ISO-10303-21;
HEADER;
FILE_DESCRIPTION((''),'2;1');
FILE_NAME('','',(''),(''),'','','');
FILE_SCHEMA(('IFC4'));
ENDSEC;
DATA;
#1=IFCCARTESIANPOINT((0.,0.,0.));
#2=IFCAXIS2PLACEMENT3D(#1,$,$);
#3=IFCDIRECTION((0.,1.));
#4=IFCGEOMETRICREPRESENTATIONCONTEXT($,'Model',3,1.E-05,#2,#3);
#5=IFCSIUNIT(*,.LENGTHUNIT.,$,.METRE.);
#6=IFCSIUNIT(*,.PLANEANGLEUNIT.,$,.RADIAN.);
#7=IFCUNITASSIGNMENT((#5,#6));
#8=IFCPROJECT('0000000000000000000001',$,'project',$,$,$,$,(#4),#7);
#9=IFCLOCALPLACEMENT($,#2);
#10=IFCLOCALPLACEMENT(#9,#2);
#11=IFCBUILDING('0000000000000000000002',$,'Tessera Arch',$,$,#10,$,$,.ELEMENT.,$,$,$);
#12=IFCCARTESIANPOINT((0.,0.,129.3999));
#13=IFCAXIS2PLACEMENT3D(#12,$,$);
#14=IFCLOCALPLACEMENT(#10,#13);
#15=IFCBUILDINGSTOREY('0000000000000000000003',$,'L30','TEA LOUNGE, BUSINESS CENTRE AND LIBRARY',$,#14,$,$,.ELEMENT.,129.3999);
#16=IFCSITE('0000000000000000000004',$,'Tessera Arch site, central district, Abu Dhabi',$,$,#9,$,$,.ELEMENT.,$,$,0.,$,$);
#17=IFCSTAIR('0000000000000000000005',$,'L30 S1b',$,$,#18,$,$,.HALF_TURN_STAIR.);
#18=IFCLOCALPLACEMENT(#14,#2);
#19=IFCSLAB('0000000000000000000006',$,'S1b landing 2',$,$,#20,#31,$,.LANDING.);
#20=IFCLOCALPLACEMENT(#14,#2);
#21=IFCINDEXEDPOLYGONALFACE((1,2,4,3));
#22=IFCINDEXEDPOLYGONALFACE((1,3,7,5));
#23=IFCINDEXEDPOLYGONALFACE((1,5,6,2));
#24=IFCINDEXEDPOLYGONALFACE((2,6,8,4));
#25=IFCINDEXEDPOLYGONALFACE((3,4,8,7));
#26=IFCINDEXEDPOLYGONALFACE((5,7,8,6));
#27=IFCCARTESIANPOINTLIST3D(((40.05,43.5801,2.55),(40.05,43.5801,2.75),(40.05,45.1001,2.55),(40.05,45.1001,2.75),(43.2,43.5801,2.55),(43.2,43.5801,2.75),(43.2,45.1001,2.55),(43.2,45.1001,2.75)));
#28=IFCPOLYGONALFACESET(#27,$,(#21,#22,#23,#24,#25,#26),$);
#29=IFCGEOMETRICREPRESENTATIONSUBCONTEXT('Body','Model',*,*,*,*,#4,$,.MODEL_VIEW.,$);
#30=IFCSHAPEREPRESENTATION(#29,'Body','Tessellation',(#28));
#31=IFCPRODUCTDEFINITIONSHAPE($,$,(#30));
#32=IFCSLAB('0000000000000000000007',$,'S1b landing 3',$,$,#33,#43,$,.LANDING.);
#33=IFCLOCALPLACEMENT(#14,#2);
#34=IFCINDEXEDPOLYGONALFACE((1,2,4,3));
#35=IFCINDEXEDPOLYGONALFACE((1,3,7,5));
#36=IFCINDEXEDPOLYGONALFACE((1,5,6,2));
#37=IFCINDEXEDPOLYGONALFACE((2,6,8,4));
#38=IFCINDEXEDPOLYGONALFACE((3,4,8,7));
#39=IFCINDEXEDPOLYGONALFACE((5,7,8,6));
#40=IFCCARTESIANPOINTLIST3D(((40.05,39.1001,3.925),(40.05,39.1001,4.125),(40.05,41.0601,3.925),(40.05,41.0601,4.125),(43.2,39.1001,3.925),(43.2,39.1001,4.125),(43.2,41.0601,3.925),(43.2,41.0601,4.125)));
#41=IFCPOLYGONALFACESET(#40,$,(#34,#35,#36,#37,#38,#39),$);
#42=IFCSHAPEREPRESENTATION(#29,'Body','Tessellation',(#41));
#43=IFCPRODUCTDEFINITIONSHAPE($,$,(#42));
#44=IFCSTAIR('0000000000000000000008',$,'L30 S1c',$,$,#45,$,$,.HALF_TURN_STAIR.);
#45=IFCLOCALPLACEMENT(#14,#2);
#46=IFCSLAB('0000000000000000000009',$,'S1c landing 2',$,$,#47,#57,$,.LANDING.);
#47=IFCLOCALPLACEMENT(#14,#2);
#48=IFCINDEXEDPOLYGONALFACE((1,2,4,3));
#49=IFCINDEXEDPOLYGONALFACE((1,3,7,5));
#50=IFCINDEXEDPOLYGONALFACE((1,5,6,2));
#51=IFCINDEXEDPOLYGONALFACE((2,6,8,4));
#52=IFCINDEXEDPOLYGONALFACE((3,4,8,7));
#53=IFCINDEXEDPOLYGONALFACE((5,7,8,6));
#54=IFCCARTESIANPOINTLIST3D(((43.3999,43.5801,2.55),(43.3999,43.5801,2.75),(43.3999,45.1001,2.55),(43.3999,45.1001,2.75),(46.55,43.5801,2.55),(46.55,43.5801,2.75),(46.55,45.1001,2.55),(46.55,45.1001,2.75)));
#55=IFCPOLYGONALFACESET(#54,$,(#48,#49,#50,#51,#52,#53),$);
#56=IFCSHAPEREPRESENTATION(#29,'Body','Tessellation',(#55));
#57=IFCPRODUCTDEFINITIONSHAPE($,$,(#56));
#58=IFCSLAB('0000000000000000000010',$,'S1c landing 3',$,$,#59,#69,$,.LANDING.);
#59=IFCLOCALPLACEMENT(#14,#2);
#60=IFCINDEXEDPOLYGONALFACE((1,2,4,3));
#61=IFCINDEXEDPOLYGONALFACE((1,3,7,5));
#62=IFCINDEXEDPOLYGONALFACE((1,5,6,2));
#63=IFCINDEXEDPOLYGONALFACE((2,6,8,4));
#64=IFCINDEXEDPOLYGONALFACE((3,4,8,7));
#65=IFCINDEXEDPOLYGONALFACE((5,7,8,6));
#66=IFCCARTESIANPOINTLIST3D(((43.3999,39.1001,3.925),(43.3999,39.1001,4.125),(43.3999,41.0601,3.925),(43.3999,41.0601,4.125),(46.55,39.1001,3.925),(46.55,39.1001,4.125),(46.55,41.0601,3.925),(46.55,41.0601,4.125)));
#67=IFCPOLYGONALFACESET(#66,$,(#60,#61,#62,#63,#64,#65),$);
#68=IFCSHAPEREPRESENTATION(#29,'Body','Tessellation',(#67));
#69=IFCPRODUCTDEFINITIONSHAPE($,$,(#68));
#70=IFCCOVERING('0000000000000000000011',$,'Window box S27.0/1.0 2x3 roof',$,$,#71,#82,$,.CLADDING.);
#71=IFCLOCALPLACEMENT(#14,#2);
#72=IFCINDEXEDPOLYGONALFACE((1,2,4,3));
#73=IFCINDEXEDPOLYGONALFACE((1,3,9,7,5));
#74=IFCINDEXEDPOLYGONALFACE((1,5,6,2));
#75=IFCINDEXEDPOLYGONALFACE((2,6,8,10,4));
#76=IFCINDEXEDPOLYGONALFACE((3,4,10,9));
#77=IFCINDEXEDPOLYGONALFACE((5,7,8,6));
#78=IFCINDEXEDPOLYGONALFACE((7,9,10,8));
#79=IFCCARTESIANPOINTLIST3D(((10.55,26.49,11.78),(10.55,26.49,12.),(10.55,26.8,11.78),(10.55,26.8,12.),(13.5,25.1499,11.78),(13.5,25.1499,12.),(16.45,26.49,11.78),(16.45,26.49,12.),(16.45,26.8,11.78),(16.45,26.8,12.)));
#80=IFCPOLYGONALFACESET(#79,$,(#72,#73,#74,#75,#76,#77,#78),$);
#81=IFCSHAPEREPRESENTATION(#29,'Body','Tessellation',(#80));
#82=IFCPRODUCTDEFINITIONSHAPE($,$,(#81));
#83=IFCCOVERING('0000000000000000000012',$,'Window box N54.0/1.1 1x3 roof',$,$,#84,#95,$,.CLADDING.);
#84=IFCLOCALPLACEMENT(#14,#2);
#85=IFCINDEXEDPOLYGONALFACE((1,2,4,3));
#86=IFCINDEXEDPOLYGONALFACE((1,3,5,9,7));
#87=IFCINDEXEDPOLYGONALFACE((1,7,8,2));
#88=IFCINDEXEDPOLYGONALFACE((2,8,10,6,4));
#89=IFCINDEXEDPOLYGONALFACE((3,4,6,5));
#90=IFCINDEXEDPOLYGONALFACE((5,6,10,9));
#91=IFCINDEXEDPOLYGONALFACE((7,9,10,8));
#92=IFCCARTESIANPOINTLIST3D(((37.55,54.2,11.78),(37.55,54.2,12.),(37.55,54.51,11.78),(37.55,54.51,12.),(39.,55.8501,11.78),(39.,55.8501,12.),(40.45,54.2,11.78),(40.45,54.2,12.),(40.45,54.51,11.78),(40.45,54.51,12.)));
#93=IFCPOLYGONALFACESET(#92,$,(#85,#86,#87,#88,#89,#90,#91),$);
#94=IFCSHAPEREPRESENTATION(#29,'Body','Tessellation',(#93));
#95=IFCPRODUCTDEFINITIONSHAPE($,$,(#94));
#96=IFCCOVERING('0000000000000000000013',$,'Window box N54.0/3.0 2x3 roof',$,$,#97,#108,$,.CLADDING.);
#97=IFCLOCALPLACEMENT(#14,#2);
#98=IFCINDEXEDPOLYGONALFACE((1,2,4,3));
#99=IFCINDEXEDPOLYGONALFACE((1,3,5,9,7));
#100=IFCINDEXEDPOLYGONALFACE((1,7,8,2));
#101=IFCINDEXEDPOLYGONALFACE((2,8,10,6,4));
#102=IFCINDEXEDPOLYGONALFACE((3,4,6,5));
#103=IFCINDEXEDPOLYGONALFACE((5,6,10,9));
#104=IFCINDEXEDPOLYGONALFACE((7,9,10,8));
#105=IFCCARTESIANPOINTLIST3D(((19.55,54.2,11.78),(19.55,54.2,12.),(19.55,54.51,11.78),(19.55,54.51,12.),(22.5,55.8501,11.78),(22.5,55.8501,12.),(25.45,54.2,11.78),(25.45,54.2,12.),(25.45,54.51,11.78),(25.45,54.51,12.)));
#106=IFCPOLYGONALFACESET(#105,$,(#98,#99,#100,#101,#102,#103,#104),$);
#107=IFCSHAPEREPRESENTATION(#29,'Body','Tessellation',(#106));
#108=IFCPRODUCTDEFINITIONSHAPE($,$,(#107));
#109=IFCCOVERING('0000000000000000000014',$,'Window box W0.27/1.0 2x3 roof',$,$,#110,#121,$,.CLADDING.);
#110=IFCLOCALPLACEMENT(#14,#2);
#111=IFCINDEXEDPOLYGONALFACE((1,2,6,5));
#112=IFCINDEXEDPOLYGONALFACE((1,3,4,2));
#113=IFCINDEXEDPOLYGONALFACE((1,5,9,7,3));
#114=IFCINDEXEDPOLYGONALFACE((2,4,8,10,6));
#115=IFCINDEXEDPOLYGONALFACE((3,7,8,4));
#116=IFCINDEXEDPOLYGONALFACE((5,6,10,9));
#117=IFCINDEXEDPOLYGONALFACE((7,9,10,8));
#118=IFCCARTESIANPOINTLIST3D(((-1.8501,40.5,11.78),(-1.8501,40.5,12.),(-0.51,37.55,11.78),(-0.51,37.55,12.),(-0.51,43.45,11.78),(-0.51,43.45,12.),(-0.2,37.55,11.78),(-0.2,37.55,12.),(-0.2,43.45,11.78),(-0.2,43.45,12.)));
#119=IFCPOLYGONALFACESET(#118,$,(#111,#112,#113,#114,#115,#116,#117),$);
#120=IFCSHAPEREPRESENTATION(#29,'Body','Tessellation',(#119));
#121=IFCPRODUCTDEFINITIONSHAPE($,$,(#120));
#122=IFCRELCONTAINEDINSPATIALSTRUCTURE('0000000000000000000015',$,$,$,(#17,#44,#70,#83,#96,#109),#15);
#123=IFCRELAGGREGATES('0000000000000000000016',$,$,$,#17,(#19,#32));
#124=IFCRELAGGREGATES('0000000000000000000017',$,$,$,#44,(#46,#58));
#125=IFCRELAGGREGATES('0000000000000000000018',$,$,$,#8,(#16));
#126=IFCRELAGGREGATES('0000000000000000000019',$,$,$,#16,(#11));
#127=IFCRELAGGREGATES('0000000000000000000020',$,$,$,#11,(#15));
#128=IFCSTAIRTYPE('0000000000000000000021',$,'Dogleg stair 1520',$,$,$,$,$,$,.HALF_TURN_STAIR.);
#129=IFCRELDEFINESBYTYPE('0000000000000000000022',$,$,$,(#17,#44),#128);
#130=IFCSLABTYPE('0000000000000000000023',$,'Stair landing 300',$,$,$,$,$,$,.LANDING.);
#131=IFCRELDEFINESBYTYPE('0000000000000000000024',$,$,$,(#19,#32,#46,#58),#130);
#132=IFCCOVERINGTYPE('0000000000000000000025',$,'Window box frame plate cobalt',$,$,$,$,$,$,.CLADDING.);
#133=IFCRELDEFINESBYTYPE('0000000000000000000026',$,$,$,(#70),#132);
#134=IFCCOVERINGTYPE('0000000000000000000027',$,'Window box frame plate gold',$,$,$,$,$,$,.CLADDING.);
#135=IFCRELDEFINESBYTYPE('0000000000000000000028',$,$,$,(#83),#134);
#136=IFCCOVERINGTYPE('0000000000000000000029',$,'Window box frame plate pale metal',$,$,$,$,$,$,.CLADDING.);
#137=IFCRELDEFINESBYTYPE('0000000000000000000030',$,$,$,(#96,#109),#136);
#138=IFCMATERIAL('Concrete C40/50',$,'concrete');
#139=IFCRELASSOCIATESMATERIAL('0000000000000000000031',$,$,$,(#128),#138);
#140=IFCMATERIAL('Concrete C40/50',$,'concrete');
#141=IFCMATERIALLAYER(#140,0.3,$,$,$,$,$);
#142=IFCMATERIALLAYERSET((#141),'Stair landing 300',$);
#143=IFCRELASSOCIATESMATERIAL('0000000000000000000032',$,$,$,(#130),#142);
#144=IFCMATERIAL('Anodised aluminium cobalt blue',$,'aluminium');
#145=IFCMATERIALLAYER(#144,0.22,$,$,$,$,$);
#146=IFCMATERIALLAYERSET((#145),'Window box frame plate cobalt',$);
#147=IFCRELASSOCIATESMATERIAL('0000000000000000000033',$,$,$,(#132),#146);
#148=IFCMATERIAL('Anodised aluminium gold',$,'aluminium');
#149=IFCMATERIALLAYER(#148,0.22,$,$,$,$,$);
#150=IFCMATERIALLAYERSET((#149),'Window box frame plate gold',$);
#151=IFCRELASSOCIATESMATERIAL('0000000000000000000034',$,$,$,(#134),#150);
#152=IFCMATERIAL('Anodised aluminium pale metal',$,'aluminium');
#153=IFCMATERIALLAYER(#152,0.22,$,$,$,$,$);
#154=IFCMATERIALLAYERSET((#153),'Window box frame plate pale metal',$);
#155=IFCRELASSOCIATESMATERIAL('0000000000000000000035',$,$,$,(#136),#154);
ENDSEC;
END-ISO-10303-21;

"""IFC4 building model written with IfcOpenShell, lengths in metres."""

from ifc_helpers import new_model, si_unit, direction, frame, origin, place, context, subcontext, project, spatial, polyline, outline, extrude, material, layer, layer_set, type_object, element, aggregate, save


model = new_model("IFC4")

# Units and contexts
model_context = context("Model", 3, precision=1e-05, world=origin(), true_north=direction((0.0, 1.0)))
body_context = subcontext(model_context, "Body", "Model", "MODEL_VIEW")
ifc_project = project(units=[si_unit("LENGTHUNIT", "METRE"), si_unit("PLANEANGLEUNIT", "RADIAN")], contexts=[model_context])

# Site, building, storey
site_placement = place(None, origin())
site = spatial("IfcSite", under=ifc_project, at=site_placement, Name="Tessera Arch site, central district, Abu Dhabi", CompositionType="ELEMENT", RefElevation=0.0)
building_placement = place(site_placement, origin())
building = spatial("IfcBuilding", under=site, at=building_placement, Name="Tessera Arch", CompositionType="ELEMENT")
storey_placement = place(building_placement, frame((0.0, 0.0, 129.3999)))
storey = spatial("IfcBuildingStorey", under=building, at=storey_placement, Name="L30", Description="TEA LOUNGE, BUSINESS CENTRE AND LIBRARY", CompositionType="ELEMENT", Elevation=129.3999)

# Stairs, slabs
ifc_material_1 = material(Name="Concrete C40/50", Category="concrete")
stair_type = type_object("IfcStairType", Name="Dogleg stair 1520", PredefinedType="HALF_TURN_STAIR", material=ifc_material_1)
ifc_material_2 = material(Name="Concrete C40/50", Category="concrete")
ifc_layer_1 = layer(ifc_material_2, 0.3)
ifc_layer_set_1 = layer_set([ifc_layer_1], Name="Stair landing 300")
slab_type = type_object("IfcSlabType", Name="Stair landing 300", PredefinedType="LANDING", material=ifc_layer_set_1)
stair_1_placement = place(storey_placement, origin())
stair_1 = element("IfcStair", 1, at=stair_1_placement, inside=storey, type_object=stair_type, Name="L30 S1b", PredefinedType="HALF_TURN_STAIR")
slab_1_placement = place(storey_placement, frame((0.0, 0.0, 2.55)))
slab_1 = element("IfcSlab", 2, at=slab_1_placement, type_object=slab_type, Name="S1b landing 2", PredefinedType="LANDING", context=body_context, shape_type="SweptSolid", body=[
    extrude(outline(polyline([(40.05, 45.1001), (40.05, 43.5801), (43.2, 43.5801), (43.2, 45.1001), (40.05, 45.1001)])), origin(), (0.0, 0.0, 1.0), 0.2),
])
slab_2_placement = place(storey_placement, frame((0.0, 0.0, 3.925)))
slab_2 = element("IfcSlab", 3, at=slab_2_placement, type_object=slab_type, Name="S1b landing 3", PredefinedType="LANDING", context=body_context, shape_type="SweptSolid", body=[
    extrude(outline(polyline([(40.05, 41.0601), (40.05, 39.1001), (43.2, 39.1001), (43.2, 41.0601), (40.05, 41.0601)])), origin(), (0.0, 0.0, 1.0), 0.2),
])
aggregate(stair_1, [slab_1, slab_2])
stair_2_placement = place(storey_placement, origin())
stair_2 = element("IfcStair", 4, at=stair_2_placement, inside=storey, type_object=stair_type, Name="L30 S1c", PredefinedType="HALF_TURN_STAIR")
slab_3_placement = place(storey_placement, frame((0.0, 0.0, 2.55)))
slab_3 = element("IfcSlab", 5, at=slab_3_placement, type_object=slab_type, Name="S1c landing 2", PredefinedType="LANDING", context=body_context, shape_type="SweptSolid", body=[
    extrude(outline(polyline([(43.3999, 45.1001), (43.3999, 43.5801), (46.55, 43.5801), (46.55, 45.1001), (43.3999, 45.1001)])), origin(), (0.0, 0.0, 1.0), 0.2),
])
slab_4_placement = place(storey_placement, frame((0.0, 0.0, 3.925)))
slab_4 = element("IfcSlab", 6, at=slab_4_placement, type_object=slab_type, Name="S1c landing 3", PredefinedType="LANDING", context=body_context, shape_type="SweptSolid", body=[
    extrude(outline(polyline([(43.3999, 41.0601), (43.3999, 39.1001), (46.55, 39.1001), (46.55, 41.0601), (43.3999, 41.0601)])), origin(), (0.0, 0.0, 1.0), 0.2),
])
aggregate(stair_2, [slab_3, slab_4])

# Coverings
ifc_material_3 = material(Name="Anodised aluminium cobalt blue", Category="aluminium")
ifc_layer_2 = layer(ifc_material_3, 0.22)
ifc_layer_set_2 = layer_set([ifc_layer_2], Name="Window box frame plate cobalt")
covering_type_1 = type_object("IfcCoveringType", Name="Window box frame plate cobalt", PredefinedType="CLADDING", material=ifc_layer_set_2)
covering_1_placement = place(storey_placement, frame((0.0, 0.0, 11.78)))
element("IfcCovering", 7, at=covering_1_placement, inside=storey, type_object=covering_type_1, Name="Window box S27.0/1.0 2x3 roof", PredefinedType="CLADDING", context=body_context, shape_type="SweptSolid", body=[
    extrude(outline(polyline([(10.55, 26.49), (13.5, 25.1499), (16.45, 26.49), (16.45, 26.8), (10.55, 26.8), (10.55, 26.49)])), origin(), (0.0, 0.0, 1.0), 0.22),
])
ifc_material_4 = material(Name="Anodised aluminium gold", Category="aluminium")
ifc_layer_3 = layer(ifc_material_4, 0.22)
ifc_layer_set_3 = layer_set([ifc_layer_3], Name="Window box frame plate gold")
covering_type_2 = type_object("IfcCoveringType", Name="Window box frame plate gold", PredefinedType="CLADDING", material=ifc_layer_set_3)
covering_2_placement = place(storey_placement, frame((0.0, 0.0, 11.78)))
element("IfcCovering", 8, at=covering_2_placement, inside=storey, type_object=covering_type_2, Name="Window box N54.0/1.1 1x3 roof", PredefinedType="CLADDING", context=body_context, shape_type="SweptSolid", body=[
    extrude(outline(polyline([(40.45, 54.51), (39.0, 55.8501), (37.55, 54.51), (37.55, 54.2), (40.45, 54.2), (40.45, 54.51)])), origin(), (0.0, 0.0, 1.0), 0.22),
])
ifc_material_5 = material(Name="Anodised aluminium pale metal", Category="aluminium")
ifc_layer_4 = layer(ifc_material_5, 0.22)
ifc_layer_set_4 = layer_set([ifc_layer_4], Name="Window box frame plate pale metal")
covering_type_3 = type_object("IfcCoveringType", Name="Window box frame plate pale metal", PredefinedType="CLADDING", material=ifc_layer_set_4)
covering_3_placement = place(storey_placement, frame((0.0, 0.0, 11.78)))
element("IfcCovering", 9, at=covering_3_placement, inside=storey, type_object=covering_type_3, Name="Window box N54.0/3.0 2x3 roof", PredefinedType="CLADDING", context=body_context, shape_type="SweptSolid", body=[
    extrude(outline(polyline([(25.45, 54.51), (22.5, 55.8501), (19.55, 54.51), (19.55, 54.2), (25.45, 54.2), (25.45, 54.51)])), origin(), (0.0, 0.0, 1.0), 0.22),
])
covering_4_placement = place(storey_placement, frame((0.0, 0.0, 11.78)))
element("IfcCovering", 10, at=covering_4_placement, inside=storey, type_object=covering_type_3, Name="Window box W0.27/1.0 2x3 roof", PredefinedType="CLADDING", context=body_context, shape_type="SweptSolid", body=[
    extrude(outline(polyline([(-0.51, 43.45), (-1.8501, 40.5), (-0.51, 37.55), (-0.2, 37.55), (-0.2, 43.45), (-0.51, 43.45)])), origin(), (0.0, 0.0, 1.0), 0.22),
])

save(model, "model.ifc")
